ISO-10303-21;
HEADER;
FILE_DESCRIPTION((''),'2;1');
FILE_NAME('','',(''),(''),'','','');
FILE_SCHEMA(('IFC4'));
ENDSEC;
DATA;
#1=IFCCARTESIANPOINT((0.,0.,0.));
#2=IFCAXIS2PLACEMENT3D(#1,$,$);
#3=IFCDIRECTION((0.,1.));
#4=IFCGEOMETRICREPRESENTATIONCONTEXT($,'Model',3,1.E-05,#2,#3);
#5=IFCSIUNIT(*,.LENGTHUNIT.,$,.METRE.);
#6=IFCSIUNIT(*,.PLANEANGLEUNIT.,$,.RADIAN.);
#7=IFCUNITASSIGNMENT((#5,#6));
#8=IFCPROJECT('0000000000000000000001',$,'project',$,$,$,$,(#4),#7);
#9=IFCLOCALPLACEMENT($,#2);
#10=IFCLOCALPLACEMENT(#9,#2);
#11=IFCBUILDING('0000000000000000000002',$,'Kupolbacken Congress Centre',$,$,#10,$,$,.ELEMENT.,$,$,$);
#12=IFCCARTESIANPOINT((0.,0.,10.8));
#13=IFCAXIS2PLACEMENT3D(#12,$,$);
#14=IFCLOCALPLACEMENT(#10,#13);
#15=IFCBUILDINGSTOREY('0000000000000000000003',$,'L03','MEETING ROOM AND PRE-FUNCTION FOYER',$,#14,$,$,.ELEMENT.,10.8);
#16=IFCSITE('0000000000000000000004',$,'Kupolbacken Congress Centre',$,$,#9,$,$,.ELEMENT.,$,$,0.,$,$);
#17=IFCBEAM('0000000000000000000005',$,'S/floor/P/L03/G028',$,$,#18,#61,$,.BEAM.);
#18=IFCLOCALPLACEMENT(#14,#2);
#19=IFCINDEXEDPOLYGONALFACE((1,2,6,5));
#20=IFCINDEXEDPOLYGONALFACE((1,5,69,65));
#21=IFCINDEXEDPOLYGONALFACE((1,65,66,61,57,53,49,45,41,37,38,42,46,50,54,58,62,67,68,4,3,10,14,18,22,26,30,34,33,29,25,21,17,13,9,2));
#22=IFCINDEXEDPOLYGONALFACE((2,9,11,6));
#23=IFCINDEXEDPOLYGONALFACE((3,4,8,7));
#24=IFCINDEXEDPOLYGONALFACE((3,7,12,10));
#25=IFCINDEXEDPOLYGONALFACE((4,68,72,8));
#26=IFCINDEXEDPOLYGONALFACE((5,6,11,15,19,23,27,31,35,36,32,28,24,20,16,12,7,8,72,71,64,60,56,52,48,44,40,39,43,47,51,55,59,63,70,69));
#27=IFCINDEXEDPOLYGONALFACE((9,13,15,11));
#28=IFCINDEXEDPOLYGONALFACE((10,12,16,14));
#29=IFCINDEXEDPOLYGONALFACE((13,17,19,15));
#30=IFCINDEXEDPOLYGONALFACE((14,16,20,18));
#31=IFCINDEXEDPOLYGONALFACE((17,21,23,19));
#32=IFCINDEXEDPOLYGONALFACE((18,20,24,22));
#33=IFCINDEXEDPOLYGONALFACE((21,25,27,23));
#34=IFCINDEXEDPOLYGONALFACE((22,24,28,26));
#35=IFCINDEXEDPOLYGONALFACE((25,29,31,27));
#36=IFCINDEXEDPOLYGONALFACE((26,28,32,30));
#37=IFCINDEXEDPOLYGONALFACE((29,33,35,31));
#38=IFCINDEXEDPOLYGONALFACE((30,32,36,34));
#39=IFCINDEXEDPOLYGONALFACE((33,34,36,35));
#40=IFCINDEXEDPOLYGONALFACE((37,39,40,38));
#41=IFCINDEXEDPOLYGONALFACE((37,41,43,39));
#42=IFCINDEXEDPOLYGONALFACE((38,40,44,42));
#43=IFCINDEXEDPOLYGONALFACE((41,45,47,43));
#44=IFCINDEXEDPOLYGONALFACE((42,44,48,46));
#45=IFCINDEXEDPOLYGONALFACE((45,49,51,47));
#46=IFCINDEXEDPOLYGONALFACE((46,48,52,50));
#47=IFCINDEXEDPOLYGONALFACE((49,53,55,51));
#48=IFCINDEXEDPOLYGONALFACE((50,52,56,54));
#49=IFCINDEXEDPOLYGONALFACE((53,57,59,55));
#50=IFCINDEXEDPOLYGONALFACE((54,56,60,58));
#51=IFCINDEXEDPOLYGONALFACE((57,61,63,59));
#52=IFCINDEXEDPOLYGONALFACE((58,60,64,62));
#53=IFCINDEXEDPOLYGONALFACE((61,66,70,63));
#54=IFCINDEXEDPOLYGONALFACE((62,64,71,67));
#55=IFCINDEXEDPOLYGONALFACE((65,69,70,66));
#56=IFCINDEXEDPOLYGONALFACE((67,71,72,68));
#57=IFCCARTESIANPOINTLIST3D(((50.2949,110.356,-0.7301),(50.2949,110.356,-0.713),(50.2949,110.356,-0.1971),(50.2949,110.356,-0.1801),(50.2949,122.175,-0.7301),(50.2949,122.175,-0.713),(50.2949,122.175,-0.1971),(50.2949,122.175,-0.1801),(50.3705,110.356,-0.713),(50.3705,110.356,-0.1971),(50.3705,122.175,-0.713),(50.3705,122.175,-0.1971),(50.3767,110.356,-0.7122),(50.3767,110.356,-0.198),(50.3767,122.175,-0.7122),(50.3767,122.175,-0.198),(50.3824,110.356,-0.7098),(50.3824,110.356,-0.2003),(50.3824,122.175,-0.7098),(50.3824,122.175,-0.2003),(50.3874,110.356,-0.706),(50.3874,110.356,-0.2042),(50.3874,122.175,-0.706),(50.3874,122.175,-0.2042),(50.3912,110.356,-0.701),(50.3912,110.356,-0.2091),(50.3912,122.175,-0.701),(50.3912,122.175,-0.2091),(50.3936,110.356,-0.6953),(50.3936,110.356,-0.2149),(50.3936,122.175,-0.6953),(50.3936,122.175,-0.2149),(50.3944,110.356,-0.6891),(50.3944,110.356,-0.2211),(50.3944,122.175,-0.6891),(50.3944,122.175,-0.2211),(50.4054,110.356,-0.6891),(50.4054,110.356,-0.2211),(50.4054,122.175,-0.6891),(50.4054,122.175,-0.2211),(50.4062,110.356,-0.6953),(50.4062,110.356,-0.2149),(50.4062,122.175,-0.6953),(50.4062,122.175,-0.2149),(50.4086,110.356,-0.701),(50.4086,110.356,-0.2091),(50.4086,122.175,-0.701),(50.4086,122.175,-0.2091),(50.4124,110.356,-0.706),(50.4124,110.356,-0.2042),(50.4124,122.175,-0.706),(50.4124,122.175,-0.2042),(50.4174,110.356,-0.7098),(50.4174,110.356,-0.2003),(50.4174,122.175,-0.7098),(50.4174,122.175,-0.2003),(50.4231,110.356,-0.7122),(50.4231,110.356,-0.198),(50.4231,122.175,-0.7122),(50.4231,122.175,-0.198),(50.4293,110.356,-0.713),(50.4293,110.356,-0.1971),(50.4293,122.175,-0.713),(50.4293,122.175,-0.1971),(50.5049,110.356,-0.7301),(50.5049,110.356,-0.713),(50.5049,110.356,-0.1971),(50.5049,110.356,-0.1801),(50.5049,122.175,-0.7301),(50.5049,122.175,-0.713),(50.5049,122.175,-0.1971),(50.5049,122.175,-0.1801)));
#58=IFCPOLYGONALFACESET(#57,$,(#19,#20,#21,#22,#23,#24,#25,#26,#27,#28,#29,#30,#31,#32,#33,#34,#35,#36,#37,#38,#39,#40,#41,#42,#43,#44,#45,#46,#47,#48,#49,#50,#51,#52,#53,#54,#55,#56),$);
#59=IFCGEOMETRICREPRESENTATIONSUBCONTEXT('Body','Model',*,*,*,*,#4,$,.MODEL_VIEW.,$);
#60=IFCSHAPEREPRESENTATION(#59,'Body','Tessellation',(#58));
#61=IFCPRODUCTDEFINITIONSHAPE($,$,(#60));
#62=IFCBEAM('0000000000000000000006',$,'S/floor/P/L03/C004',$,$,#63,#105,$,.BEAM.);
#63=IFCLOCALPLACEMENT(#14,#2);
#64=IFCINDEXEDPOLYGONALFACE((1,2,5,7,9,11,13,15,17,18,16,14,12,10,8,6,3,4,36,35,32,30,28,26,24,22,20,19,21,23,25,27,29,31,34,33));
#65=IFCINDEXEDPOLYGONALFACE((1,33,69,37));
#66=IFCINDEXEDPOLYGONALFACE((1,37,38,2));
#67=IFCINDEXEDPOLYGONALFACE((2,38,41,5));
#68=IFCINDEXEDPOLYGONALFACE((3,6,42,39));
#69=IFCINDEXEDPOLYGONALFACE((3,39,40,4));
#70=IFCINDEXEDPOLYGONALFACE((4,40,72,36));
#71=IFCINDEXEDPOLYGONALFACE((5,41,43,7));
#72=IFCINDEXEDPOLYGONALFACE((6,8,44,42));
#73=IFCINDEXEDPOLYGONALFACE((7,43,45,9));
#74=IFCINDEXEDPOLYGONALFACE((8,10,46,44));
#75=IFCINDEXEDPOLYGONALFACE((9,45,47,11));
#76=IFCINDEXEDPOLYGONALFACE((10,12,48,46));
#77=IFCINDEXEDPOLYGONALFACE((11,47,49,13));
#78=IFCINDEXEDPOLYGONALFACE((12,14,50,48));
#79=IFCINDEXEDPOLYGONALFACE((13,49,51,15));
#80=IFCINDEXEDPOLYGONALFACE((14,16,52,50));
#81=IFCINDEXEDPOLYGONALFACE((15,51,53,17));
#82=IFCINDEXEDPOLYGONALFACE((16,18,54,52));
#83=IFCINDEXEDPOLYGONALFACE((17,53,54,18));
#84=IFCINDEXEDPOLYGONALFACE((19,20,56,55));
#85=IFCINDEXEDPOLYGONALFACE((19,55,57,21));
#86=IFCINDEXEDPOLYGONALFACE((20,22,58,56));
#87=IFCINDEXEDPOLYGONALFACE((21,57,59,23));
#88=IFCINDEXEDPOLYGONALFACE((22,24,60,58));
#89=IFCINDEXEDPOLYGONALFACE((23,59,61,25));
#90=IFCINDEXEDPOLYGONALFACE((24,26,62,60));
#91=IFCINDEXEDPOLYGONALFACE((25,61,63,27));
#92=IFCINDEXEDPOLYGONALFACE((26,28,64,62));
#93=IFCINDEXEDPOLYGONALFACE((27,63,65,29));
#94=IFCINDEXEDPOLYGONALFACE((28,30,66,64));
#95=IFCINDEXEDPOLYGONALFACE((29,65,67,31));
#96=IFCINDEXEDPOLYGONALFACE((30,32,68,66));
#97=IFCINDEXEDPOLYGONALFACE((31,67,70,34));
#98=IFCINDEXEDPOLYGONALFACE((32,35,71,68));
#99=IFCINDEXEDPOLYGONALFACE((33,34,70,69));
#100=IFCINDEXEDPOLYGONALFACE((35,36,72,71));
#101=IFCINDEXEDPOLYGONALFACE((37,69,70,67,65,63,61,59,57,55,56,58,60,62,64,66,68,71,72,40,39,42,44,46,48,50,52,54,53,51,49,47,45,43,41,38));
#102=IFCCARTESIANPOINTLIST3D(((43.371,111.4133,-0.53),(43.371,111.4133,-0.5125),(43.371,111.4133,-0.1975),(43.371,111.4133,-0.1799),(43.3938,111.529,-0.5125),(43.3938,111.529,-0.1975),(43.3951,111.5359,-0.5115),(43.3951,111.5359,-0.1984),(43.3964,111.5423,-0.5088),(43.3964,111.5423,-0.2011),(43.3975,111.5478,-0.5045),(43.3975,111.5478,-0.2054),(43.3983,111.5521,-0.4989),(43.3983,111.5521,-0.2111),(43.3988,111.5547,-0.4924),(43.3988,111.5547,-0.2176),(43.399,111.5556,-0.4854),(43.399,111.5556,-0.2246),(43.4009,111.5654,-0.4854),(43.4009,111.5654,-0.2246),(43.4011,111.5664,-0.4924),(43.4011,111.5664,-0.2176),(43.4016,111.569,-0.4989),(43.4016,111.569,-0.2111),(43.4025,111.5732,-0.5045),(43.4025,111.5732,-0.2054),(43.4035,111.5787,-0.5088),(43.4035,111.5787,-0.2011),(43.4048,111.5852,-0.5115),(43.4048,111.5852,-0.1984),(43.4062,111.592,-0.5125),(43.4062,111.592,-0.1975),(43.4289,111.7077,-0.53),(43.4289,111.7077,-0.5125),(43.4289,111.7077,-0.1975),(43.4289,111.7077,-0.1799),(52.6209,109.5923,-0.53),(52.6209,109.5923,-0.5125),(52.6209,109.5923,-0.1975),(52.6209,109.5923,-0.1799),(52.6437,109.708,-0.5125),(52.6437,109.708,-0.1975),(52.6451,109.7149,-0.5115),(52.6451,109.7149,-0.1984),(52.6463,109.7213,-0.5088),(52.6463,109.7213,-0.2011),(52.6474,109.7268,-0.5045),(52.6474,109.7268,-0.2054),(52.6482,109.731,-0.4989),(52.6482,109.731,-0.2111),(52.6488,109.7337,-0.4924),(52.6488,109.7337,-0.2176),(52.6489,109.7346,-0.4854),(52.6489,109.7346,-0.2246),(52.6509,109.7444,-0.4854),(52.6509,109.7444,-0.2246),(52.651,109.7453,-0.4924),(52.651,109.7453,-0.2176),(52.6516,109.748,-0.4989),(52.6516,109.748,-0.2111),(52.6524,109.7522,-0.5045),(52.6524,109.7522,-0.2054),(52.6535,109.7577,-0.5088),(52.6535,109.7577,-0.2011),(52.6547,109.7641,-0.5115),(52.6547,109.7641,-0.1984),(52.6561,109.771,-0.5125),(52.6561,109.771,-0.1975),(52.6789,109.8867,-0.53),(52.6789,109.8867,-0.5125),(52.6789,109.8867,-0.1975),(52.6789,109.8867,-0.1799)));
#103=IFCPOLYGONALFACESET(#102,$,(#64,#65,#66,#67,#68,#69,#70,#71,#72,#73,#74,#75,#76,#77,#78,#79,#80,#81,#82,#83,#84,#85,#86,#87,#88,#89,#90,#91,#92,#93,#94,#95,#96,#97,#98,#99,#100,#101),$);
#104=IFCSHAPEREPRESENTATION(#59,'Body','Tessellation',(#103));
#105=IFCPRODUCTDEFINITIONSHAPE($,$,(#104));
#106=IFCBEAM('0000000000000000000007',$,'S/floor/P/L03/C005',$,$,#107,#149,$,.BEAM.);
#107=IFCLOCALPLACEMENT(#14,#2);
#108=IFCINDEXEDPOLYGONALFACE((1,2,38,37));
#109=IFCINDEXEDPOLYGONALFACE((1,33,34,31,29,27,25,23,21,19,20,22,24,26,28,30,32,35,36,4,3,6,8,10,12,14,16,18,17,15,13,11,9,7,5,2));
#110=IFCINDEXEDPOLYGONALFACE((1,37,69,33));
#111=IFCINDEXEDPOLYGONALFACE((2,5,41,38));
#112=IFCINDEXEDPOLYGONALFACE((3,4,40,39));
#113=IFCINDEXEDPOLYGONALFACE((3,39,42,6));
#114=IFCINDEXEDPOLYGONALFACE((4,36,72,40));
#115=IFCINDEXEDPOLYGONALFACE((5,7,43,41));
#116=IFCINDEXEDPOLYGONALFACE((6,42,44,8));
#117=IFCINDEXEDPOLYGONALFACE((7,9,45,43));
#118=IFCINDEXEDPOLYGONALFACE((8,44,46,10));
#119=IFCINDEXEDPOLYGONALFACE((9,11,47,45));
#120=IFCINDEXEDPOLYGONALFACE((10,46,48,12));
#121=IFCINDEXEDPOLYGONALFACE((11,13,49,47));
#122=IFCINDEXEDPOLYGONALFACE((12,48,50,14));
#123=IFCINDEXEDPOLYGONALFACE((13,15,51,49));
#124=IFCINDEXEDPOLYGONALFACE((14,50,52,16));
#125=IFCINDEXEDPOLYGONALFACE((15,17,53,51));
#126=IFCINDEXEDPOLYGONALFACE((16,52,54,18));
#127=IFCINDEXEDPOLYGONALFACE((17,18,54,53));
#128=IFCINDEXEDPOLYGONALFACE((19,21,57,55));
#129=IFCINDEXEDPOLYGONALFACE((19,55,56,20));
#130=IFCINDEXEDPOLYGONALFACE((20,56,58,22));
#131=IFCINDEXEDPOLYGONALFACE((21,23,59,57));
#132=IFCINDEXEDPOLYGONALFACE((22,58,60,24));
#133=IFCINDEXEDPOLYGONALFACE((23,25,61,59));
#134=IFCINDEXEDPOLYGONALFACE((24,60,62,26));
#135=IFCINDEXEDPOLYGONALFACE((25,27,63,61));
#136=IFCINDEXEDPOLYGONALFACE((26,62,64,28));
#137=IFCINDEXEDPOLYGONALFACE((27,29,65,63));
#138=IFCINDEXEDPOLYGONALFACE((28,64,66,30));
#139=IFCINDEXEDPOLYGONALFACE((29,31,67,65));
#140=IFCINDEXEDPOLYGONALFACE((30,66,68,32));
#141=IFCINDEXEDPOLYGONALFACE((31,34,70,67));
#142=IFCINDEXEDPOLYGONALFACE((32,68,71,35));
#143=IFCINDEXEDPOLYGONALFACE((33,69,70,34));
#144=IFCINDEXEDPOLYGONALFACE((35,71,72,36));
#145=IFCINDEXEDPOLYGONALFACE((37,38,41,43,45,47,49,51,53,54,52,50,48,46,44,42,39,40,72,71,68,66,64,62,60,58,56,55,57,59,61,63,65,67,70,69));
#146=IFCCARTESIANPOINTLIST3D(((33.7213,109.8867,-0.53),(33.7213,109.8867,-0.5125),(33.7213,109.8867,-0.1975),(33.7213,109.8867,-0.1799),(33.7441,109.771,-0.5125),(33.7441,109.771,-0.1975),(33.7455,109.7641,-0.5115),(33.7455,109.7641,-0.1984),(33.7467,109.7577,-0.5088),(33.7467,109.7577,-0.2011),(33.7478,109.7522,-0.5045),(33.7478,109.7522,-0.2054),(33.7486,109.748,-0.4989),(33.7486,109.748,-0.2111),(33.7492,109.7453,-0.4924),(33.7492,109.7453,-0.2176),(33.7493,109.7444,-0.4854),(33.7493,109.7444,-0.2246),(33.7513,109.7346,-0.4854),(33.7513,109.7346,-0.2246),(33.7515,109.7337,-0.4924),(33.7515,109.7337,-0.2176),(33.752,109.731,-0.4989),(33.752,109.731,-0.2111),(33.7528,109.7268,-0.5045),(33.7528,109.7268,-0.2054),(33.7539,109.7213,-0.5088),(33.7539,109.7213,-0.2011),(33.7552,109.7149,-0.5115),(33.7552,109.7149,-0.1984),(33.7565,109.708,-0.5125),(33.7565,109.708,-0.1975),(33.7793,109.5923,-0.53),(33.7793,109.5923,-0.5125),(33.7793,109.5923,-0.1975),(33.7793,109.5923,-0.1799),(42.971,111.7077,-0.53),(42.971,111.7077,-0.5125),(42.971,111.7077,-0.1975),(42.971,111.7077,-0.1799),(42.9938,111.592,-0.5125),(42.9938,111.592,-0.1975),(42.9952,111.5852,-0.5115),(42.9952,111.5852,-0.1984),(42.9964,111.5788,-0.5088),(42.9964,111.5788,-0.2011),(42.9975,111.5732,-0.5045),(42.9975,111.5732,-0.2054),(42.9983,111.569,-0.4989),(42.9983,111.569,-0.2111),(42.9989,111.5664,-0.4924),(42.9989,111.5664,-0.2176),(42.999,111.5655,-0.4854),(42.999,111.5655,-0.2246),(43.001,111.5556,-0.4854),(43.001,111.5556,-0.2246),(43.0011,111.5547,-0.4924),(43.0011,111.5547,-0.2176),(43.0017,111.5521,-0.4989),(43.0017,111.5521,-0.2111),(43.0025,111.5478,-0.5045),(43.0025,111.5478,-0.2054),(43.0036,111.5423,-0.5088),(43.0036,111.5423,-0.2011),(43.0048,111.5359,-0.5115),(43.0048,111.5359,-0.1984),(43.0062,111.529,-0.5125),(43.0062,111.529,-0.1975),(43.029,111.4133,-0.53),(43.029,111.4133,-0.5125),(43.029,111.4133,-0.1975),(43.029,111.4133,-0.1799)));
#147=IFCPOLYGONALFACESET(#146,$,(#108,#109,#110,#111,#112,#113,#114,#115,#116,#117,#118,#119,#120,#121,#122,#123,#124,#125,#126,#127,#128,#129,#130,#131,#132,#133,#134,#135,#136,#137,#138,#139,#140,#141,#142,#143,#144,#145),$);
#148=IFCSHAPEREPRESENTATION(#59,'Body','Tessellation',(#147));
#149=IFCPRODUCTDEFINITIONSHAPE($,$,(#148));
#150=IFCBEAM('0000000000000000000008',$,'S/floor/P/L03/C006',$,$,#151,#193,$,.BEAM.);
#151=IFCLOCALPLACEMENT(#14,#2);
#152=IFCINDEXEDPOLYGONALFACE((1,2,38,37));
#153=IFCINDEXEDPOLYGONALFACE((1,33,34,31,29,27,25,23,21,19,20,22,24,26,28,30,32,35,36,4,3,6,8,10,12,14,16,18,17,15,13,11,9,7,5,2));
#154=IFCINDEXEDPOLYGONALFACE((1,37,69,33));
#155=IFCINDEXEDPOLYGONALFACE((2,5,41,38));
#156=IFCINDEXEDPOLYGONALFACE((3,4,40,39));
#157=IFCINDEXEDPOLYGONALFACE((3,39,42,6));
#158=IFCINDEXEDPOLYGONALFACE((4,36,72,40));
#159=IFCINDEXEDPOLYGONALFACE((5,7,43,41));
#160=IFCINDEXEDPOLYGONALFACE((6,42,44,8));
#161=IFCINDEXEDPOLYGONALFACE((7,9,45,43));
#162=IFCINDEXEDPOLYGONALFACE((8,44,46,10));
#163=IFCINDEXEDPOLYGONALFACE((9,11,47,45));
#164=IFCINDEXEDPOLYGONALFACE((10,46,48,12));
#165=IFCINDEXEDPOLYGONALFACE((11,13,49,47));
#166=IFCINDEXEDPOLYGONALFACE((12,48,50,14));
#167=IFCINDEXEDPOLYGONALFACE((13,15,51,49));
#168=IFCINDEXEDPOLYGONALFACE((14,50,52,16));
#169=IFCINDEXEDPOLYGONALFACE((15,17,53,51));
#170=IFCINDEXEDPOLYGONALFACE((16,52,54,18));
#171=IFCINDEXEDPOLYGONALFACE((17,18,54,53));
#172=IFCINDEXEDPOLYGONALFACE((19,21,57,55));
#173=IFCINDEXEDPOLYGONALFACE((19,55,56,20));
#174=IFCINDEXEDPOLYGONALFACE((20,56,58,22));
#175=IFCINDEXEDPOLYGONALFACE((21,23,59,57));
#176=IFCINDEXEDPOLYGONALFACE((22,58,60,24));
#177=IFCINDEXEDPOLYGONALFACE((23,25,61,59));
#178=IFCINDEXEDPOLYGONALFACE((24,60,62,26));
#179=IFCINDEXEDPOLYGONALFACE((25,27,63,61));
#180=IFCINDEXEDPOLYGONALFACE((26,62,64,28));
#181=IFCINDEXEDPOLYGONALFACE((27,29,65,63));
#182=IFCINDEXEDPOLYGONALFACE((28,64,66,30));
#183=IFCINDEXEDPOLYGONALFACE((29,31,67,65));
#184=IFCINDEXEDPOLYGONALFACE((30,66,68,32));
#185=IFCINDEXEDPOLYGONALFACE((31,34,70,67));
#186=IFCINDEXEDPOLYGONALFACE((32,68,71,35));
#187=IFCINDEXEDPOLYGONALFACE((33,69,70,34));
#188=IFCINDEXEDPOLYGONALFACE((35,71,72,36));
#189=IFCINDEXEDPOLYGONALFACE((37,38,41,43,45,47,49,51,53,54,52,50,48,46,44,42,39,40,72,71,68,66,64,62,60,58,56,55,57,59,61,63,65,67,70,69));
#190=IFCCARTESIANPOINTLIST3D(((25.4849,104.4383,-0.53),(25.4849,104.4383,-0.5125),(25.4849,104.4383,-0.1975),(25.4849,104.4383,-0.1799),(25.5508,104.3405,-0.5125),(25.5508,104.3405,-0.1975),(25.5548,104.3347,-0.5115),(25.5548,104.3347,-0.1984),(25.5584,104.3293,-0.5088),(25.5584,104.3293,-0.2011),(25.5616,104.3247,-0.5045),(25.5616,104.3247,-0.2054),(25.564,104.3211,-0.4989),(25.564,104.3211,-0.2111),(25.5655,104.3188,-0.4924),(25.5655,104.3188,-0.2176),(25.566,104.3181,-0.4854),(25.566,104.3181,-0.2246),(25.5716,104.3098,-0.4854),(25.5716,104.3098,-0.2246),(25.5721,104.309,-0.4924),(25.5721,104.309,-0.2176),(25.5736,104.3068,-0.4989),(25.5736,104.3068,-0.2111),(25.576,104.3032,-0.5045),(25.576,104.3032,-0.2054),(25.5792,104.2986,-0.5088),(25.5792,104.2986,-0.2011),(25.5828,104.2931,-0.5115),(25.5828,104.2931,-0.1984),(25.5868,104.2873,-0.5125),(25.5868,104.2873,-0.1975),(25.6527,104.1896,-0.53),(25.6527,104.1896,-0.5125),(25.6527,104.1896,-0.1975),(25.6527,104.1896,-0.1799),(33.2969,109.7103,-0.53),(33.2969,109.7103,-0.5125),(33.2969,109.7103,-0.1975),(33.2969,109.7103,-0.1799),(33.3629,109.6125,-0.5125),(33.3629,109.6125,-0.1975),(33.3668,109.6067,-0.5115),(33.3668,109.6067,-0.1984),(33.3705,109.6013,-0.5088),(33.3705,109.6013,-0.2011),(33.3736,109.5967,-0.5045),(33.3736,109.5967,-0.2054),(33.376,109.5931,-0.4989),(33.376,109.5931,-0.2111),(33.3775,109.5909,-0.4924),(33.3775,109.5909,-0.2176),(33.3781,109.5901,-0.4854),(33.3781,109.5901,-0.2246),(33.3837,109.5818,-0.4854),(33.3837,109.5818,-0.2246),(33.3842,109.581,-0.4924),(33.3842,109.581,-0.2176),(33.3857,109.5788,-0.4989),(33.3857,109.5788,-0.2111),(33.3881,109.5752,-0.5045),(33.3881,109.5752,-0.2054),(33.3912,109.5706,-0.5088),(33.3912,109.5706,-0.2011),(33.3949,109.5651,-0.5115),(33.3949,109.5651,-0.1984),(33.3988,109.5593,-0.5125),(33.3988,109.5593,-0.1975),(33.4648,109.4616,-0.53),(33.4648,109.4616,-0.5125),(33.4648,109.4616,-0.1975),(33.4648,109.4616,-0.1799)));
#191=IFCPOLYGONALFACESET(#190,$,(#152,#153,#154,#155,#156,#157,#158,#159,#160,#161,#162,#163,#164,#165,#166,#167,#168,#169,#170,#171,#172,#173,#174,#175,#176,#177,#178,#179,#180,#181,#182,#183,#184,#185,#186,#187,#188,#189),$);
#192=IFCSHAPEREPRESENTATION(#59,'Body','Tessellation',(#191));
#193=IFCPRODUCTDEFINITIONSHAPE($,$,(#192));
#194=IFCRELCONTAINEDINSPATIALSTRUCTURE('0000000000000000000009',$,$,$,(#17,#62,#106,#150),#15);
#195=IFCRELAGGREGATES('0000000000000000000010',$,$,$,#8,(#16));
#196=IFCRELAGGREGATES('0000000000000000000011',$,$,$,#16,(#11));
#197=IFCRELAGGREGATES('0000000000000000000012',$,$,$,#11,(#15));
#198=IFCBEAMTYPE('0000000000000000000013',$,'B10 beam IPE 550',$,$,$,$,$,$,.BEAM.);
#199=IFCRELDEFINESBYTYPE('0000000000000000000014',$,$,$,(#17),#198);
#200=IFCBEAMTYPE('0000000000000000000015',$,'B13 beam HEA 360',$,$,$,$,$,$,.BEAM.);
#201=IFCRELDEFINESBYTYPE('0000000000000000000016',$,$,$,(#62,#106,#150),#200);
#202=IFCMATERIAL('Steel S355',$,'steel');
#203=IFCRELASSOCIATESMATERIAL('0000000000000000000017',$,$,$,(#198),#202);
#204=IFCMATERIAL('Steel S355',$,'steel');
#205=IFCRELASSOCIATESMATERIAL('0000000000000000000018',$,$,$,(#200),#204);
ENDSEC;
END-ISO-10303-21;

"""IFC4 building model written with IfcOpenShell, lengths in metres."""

from ifc_helpers import new_model, si_unit, direction, frame, origin, origin_2d, place, context, subcontext, project, spatial, i_section, extrude, material, material_profile, profile_set, type_object, element, save


model = new_model("IFC4")

# Units and contexts
model_context = context("Model", 3, precision=1e-05, world=origin(), true_north=direction((0.0, 1.0)))
body_context = subcontext(model_context, "Body", "Model", "MODEL_VIEW")
ifc_project = project(units=[si_unit("LENGTHUNIT", "METRE"), si_unit("PLANEANGLEUNIT", "RADIAN")], contexts=[model_context])

# Site, building, storey
site_placement = place(None, origin())
site = spatial("IfcSite", under=ifc_project, at=site_placement, Name="Kupolbacken Congress Centre", CompositionType="ELEMENT", RefElevation=0.0)
building_placement = place(site_placement, origin())
building = spatial("IfcBuilding", under=site, at=building_placement, Name="Kupolbacken Congress Centre", CompositionType="ELEMENT")
storey_placement = place(building_placement, frame((0.0, 0.0, 10.8)))
storey = spatial("IfcBuildingStorey", under=building, at=storey_placement, Name="L03", Description="MEETING ROOM AND PRE-FUNCTION FOYER", CompositionType="ELEMENT", Elevation=10.8)

# Beams
ifc_material_1 = material(Name="Steel S355", Category="steel")
ifc_material_profile_1 = material_profile(ifc_material_1, i_section(OverallWidth=0.21, OverallDepth=0.55, WebThickness=0.011, FlangeThickness=0.0171, FilletRadius=0.0239, at=origin_2d()), Name="IPE 550")
ifc_profile_set_1 = profile_set([ifc_material_profile_1], Name="Steel S355")
beam_type_1 = type_object("IfcBeamType", Name="B10 beam IPE 550", PredefinedType="BEAM", material=ifc_profile_set_1)
for number, where, z_axis, x_axis, name in (
    (1, (50.3999, 110.356, -0.4551), (0.0, 1.0, 0.0), (-1.0, 0.0, 0.0), "S/floor/P/L03/G028"),
):
    element("IfcBeam", number, at=place(storey_placement, frame(where, z_axis=z_axis, x_axis=x_axis)), inside=storey, type_object=beam_type_1, Name=name, PredefinedType="BEAM", context=body_context, shape_type="SweptSolid", body=[
        extrude(i_section(OverallWidth=0.21, OverallDepth=0.55, WebThickness=0.011, FlangeThickness=0.0171, FilletRadius=0.0239, at=origin_2d()), origin(), (0.0, 0.0, 1.0), 11.8191),
    ])
ifc_material_2 = material(Name="Steel S355", Category="steel")
ifc_material_profile_2 = material_profile(ifc_material_2, i_section(OverallWidth=0.3, OverallDepth=0.3501, WebThickness=0.01, FlangeThickness=0.0176, FilletRadius=0.0271, at=origin_2d()), Name="HEA 360")
ifc_profile_set_2 = profile_set([ifc_material_profile_2], Name="Steel S355")
beam_type_2 = type_object("IfcBeamType", Name="B13 beam HEA 360", PredefinedType="BEAM", material=ifc_profile_set_2)
beam_1_placement = place(storey_placement, frame((52.6499, 109.7395, -0.355), z_axis=(-0.981167, 0.193162, 0.0), x_axis=(-0.193162, -0.981167, 0.0)))
element("IfcBeam", 2, at=beam_1_placement, inside=storey, type_object=beam_type_2, Name="S/floor/P/L03/C004", PredefinedType="BEAM", context=body_context, shape_type="SweptSolid", body=[
    extrude(i_section(OverallWidth=0.3, OverallDepth=0.3501, WebThickness=0.01, FlangeThickness=0.0176, FilletRadius=0.0271, at=origin_2d()), origin(), (0.0, 0.0, 1.0), 9.4275),
])
beam_2_placement = place(storey_placement, frame((43.0, 111.5605, -0.355), z_axis=(-0.981166, -0.193167, 0.0), x_axis=(0.193167, -0.981166, 0.0)))
element("IfcBeam", 3, at=beam_2_placement, inside=storey, type_object=beam_type_2, Name="S/floor/P/L03/C005", PredefinedType="BEAM", context=body_context, shape_type="SweptSolid", body=[
    extrude(i_section(OverallWidth=0.3, OverallDepth=0.3501, WebThickness=0.01, FlangeThickness=0.0176, FilletRadius=0.0271, at=origin_2d()), origin(), (0.0, 0.0, 1.0), 9.4272),
])
beam_3_placement = place(storey_placement, frame((33.3809, 109.5859, -0.355), z_axis=(-0.828905, -0.55939, 0.0), x_axis=(0.55939, -0.828905, 0.0)))
element("IfcBeam", 4, at=beam_3_placement, inside=storey, type_object=beam_type_2, Name="S/floor/P/L03/C006", PredefinedType="BEAM", context=body_context, shape_type="SweptSolid", body=[
    extrude(i_section(OverallWidth=0.3, OverallDepth=0.3501, WebThickness=0.01, FlangeThickness=0.0176, FilletRadius=0.0271, at=origin_2d()), origin(), (0.0, 0.0, 1.0), 9.4246),
])

save(model, "model.ifc")
